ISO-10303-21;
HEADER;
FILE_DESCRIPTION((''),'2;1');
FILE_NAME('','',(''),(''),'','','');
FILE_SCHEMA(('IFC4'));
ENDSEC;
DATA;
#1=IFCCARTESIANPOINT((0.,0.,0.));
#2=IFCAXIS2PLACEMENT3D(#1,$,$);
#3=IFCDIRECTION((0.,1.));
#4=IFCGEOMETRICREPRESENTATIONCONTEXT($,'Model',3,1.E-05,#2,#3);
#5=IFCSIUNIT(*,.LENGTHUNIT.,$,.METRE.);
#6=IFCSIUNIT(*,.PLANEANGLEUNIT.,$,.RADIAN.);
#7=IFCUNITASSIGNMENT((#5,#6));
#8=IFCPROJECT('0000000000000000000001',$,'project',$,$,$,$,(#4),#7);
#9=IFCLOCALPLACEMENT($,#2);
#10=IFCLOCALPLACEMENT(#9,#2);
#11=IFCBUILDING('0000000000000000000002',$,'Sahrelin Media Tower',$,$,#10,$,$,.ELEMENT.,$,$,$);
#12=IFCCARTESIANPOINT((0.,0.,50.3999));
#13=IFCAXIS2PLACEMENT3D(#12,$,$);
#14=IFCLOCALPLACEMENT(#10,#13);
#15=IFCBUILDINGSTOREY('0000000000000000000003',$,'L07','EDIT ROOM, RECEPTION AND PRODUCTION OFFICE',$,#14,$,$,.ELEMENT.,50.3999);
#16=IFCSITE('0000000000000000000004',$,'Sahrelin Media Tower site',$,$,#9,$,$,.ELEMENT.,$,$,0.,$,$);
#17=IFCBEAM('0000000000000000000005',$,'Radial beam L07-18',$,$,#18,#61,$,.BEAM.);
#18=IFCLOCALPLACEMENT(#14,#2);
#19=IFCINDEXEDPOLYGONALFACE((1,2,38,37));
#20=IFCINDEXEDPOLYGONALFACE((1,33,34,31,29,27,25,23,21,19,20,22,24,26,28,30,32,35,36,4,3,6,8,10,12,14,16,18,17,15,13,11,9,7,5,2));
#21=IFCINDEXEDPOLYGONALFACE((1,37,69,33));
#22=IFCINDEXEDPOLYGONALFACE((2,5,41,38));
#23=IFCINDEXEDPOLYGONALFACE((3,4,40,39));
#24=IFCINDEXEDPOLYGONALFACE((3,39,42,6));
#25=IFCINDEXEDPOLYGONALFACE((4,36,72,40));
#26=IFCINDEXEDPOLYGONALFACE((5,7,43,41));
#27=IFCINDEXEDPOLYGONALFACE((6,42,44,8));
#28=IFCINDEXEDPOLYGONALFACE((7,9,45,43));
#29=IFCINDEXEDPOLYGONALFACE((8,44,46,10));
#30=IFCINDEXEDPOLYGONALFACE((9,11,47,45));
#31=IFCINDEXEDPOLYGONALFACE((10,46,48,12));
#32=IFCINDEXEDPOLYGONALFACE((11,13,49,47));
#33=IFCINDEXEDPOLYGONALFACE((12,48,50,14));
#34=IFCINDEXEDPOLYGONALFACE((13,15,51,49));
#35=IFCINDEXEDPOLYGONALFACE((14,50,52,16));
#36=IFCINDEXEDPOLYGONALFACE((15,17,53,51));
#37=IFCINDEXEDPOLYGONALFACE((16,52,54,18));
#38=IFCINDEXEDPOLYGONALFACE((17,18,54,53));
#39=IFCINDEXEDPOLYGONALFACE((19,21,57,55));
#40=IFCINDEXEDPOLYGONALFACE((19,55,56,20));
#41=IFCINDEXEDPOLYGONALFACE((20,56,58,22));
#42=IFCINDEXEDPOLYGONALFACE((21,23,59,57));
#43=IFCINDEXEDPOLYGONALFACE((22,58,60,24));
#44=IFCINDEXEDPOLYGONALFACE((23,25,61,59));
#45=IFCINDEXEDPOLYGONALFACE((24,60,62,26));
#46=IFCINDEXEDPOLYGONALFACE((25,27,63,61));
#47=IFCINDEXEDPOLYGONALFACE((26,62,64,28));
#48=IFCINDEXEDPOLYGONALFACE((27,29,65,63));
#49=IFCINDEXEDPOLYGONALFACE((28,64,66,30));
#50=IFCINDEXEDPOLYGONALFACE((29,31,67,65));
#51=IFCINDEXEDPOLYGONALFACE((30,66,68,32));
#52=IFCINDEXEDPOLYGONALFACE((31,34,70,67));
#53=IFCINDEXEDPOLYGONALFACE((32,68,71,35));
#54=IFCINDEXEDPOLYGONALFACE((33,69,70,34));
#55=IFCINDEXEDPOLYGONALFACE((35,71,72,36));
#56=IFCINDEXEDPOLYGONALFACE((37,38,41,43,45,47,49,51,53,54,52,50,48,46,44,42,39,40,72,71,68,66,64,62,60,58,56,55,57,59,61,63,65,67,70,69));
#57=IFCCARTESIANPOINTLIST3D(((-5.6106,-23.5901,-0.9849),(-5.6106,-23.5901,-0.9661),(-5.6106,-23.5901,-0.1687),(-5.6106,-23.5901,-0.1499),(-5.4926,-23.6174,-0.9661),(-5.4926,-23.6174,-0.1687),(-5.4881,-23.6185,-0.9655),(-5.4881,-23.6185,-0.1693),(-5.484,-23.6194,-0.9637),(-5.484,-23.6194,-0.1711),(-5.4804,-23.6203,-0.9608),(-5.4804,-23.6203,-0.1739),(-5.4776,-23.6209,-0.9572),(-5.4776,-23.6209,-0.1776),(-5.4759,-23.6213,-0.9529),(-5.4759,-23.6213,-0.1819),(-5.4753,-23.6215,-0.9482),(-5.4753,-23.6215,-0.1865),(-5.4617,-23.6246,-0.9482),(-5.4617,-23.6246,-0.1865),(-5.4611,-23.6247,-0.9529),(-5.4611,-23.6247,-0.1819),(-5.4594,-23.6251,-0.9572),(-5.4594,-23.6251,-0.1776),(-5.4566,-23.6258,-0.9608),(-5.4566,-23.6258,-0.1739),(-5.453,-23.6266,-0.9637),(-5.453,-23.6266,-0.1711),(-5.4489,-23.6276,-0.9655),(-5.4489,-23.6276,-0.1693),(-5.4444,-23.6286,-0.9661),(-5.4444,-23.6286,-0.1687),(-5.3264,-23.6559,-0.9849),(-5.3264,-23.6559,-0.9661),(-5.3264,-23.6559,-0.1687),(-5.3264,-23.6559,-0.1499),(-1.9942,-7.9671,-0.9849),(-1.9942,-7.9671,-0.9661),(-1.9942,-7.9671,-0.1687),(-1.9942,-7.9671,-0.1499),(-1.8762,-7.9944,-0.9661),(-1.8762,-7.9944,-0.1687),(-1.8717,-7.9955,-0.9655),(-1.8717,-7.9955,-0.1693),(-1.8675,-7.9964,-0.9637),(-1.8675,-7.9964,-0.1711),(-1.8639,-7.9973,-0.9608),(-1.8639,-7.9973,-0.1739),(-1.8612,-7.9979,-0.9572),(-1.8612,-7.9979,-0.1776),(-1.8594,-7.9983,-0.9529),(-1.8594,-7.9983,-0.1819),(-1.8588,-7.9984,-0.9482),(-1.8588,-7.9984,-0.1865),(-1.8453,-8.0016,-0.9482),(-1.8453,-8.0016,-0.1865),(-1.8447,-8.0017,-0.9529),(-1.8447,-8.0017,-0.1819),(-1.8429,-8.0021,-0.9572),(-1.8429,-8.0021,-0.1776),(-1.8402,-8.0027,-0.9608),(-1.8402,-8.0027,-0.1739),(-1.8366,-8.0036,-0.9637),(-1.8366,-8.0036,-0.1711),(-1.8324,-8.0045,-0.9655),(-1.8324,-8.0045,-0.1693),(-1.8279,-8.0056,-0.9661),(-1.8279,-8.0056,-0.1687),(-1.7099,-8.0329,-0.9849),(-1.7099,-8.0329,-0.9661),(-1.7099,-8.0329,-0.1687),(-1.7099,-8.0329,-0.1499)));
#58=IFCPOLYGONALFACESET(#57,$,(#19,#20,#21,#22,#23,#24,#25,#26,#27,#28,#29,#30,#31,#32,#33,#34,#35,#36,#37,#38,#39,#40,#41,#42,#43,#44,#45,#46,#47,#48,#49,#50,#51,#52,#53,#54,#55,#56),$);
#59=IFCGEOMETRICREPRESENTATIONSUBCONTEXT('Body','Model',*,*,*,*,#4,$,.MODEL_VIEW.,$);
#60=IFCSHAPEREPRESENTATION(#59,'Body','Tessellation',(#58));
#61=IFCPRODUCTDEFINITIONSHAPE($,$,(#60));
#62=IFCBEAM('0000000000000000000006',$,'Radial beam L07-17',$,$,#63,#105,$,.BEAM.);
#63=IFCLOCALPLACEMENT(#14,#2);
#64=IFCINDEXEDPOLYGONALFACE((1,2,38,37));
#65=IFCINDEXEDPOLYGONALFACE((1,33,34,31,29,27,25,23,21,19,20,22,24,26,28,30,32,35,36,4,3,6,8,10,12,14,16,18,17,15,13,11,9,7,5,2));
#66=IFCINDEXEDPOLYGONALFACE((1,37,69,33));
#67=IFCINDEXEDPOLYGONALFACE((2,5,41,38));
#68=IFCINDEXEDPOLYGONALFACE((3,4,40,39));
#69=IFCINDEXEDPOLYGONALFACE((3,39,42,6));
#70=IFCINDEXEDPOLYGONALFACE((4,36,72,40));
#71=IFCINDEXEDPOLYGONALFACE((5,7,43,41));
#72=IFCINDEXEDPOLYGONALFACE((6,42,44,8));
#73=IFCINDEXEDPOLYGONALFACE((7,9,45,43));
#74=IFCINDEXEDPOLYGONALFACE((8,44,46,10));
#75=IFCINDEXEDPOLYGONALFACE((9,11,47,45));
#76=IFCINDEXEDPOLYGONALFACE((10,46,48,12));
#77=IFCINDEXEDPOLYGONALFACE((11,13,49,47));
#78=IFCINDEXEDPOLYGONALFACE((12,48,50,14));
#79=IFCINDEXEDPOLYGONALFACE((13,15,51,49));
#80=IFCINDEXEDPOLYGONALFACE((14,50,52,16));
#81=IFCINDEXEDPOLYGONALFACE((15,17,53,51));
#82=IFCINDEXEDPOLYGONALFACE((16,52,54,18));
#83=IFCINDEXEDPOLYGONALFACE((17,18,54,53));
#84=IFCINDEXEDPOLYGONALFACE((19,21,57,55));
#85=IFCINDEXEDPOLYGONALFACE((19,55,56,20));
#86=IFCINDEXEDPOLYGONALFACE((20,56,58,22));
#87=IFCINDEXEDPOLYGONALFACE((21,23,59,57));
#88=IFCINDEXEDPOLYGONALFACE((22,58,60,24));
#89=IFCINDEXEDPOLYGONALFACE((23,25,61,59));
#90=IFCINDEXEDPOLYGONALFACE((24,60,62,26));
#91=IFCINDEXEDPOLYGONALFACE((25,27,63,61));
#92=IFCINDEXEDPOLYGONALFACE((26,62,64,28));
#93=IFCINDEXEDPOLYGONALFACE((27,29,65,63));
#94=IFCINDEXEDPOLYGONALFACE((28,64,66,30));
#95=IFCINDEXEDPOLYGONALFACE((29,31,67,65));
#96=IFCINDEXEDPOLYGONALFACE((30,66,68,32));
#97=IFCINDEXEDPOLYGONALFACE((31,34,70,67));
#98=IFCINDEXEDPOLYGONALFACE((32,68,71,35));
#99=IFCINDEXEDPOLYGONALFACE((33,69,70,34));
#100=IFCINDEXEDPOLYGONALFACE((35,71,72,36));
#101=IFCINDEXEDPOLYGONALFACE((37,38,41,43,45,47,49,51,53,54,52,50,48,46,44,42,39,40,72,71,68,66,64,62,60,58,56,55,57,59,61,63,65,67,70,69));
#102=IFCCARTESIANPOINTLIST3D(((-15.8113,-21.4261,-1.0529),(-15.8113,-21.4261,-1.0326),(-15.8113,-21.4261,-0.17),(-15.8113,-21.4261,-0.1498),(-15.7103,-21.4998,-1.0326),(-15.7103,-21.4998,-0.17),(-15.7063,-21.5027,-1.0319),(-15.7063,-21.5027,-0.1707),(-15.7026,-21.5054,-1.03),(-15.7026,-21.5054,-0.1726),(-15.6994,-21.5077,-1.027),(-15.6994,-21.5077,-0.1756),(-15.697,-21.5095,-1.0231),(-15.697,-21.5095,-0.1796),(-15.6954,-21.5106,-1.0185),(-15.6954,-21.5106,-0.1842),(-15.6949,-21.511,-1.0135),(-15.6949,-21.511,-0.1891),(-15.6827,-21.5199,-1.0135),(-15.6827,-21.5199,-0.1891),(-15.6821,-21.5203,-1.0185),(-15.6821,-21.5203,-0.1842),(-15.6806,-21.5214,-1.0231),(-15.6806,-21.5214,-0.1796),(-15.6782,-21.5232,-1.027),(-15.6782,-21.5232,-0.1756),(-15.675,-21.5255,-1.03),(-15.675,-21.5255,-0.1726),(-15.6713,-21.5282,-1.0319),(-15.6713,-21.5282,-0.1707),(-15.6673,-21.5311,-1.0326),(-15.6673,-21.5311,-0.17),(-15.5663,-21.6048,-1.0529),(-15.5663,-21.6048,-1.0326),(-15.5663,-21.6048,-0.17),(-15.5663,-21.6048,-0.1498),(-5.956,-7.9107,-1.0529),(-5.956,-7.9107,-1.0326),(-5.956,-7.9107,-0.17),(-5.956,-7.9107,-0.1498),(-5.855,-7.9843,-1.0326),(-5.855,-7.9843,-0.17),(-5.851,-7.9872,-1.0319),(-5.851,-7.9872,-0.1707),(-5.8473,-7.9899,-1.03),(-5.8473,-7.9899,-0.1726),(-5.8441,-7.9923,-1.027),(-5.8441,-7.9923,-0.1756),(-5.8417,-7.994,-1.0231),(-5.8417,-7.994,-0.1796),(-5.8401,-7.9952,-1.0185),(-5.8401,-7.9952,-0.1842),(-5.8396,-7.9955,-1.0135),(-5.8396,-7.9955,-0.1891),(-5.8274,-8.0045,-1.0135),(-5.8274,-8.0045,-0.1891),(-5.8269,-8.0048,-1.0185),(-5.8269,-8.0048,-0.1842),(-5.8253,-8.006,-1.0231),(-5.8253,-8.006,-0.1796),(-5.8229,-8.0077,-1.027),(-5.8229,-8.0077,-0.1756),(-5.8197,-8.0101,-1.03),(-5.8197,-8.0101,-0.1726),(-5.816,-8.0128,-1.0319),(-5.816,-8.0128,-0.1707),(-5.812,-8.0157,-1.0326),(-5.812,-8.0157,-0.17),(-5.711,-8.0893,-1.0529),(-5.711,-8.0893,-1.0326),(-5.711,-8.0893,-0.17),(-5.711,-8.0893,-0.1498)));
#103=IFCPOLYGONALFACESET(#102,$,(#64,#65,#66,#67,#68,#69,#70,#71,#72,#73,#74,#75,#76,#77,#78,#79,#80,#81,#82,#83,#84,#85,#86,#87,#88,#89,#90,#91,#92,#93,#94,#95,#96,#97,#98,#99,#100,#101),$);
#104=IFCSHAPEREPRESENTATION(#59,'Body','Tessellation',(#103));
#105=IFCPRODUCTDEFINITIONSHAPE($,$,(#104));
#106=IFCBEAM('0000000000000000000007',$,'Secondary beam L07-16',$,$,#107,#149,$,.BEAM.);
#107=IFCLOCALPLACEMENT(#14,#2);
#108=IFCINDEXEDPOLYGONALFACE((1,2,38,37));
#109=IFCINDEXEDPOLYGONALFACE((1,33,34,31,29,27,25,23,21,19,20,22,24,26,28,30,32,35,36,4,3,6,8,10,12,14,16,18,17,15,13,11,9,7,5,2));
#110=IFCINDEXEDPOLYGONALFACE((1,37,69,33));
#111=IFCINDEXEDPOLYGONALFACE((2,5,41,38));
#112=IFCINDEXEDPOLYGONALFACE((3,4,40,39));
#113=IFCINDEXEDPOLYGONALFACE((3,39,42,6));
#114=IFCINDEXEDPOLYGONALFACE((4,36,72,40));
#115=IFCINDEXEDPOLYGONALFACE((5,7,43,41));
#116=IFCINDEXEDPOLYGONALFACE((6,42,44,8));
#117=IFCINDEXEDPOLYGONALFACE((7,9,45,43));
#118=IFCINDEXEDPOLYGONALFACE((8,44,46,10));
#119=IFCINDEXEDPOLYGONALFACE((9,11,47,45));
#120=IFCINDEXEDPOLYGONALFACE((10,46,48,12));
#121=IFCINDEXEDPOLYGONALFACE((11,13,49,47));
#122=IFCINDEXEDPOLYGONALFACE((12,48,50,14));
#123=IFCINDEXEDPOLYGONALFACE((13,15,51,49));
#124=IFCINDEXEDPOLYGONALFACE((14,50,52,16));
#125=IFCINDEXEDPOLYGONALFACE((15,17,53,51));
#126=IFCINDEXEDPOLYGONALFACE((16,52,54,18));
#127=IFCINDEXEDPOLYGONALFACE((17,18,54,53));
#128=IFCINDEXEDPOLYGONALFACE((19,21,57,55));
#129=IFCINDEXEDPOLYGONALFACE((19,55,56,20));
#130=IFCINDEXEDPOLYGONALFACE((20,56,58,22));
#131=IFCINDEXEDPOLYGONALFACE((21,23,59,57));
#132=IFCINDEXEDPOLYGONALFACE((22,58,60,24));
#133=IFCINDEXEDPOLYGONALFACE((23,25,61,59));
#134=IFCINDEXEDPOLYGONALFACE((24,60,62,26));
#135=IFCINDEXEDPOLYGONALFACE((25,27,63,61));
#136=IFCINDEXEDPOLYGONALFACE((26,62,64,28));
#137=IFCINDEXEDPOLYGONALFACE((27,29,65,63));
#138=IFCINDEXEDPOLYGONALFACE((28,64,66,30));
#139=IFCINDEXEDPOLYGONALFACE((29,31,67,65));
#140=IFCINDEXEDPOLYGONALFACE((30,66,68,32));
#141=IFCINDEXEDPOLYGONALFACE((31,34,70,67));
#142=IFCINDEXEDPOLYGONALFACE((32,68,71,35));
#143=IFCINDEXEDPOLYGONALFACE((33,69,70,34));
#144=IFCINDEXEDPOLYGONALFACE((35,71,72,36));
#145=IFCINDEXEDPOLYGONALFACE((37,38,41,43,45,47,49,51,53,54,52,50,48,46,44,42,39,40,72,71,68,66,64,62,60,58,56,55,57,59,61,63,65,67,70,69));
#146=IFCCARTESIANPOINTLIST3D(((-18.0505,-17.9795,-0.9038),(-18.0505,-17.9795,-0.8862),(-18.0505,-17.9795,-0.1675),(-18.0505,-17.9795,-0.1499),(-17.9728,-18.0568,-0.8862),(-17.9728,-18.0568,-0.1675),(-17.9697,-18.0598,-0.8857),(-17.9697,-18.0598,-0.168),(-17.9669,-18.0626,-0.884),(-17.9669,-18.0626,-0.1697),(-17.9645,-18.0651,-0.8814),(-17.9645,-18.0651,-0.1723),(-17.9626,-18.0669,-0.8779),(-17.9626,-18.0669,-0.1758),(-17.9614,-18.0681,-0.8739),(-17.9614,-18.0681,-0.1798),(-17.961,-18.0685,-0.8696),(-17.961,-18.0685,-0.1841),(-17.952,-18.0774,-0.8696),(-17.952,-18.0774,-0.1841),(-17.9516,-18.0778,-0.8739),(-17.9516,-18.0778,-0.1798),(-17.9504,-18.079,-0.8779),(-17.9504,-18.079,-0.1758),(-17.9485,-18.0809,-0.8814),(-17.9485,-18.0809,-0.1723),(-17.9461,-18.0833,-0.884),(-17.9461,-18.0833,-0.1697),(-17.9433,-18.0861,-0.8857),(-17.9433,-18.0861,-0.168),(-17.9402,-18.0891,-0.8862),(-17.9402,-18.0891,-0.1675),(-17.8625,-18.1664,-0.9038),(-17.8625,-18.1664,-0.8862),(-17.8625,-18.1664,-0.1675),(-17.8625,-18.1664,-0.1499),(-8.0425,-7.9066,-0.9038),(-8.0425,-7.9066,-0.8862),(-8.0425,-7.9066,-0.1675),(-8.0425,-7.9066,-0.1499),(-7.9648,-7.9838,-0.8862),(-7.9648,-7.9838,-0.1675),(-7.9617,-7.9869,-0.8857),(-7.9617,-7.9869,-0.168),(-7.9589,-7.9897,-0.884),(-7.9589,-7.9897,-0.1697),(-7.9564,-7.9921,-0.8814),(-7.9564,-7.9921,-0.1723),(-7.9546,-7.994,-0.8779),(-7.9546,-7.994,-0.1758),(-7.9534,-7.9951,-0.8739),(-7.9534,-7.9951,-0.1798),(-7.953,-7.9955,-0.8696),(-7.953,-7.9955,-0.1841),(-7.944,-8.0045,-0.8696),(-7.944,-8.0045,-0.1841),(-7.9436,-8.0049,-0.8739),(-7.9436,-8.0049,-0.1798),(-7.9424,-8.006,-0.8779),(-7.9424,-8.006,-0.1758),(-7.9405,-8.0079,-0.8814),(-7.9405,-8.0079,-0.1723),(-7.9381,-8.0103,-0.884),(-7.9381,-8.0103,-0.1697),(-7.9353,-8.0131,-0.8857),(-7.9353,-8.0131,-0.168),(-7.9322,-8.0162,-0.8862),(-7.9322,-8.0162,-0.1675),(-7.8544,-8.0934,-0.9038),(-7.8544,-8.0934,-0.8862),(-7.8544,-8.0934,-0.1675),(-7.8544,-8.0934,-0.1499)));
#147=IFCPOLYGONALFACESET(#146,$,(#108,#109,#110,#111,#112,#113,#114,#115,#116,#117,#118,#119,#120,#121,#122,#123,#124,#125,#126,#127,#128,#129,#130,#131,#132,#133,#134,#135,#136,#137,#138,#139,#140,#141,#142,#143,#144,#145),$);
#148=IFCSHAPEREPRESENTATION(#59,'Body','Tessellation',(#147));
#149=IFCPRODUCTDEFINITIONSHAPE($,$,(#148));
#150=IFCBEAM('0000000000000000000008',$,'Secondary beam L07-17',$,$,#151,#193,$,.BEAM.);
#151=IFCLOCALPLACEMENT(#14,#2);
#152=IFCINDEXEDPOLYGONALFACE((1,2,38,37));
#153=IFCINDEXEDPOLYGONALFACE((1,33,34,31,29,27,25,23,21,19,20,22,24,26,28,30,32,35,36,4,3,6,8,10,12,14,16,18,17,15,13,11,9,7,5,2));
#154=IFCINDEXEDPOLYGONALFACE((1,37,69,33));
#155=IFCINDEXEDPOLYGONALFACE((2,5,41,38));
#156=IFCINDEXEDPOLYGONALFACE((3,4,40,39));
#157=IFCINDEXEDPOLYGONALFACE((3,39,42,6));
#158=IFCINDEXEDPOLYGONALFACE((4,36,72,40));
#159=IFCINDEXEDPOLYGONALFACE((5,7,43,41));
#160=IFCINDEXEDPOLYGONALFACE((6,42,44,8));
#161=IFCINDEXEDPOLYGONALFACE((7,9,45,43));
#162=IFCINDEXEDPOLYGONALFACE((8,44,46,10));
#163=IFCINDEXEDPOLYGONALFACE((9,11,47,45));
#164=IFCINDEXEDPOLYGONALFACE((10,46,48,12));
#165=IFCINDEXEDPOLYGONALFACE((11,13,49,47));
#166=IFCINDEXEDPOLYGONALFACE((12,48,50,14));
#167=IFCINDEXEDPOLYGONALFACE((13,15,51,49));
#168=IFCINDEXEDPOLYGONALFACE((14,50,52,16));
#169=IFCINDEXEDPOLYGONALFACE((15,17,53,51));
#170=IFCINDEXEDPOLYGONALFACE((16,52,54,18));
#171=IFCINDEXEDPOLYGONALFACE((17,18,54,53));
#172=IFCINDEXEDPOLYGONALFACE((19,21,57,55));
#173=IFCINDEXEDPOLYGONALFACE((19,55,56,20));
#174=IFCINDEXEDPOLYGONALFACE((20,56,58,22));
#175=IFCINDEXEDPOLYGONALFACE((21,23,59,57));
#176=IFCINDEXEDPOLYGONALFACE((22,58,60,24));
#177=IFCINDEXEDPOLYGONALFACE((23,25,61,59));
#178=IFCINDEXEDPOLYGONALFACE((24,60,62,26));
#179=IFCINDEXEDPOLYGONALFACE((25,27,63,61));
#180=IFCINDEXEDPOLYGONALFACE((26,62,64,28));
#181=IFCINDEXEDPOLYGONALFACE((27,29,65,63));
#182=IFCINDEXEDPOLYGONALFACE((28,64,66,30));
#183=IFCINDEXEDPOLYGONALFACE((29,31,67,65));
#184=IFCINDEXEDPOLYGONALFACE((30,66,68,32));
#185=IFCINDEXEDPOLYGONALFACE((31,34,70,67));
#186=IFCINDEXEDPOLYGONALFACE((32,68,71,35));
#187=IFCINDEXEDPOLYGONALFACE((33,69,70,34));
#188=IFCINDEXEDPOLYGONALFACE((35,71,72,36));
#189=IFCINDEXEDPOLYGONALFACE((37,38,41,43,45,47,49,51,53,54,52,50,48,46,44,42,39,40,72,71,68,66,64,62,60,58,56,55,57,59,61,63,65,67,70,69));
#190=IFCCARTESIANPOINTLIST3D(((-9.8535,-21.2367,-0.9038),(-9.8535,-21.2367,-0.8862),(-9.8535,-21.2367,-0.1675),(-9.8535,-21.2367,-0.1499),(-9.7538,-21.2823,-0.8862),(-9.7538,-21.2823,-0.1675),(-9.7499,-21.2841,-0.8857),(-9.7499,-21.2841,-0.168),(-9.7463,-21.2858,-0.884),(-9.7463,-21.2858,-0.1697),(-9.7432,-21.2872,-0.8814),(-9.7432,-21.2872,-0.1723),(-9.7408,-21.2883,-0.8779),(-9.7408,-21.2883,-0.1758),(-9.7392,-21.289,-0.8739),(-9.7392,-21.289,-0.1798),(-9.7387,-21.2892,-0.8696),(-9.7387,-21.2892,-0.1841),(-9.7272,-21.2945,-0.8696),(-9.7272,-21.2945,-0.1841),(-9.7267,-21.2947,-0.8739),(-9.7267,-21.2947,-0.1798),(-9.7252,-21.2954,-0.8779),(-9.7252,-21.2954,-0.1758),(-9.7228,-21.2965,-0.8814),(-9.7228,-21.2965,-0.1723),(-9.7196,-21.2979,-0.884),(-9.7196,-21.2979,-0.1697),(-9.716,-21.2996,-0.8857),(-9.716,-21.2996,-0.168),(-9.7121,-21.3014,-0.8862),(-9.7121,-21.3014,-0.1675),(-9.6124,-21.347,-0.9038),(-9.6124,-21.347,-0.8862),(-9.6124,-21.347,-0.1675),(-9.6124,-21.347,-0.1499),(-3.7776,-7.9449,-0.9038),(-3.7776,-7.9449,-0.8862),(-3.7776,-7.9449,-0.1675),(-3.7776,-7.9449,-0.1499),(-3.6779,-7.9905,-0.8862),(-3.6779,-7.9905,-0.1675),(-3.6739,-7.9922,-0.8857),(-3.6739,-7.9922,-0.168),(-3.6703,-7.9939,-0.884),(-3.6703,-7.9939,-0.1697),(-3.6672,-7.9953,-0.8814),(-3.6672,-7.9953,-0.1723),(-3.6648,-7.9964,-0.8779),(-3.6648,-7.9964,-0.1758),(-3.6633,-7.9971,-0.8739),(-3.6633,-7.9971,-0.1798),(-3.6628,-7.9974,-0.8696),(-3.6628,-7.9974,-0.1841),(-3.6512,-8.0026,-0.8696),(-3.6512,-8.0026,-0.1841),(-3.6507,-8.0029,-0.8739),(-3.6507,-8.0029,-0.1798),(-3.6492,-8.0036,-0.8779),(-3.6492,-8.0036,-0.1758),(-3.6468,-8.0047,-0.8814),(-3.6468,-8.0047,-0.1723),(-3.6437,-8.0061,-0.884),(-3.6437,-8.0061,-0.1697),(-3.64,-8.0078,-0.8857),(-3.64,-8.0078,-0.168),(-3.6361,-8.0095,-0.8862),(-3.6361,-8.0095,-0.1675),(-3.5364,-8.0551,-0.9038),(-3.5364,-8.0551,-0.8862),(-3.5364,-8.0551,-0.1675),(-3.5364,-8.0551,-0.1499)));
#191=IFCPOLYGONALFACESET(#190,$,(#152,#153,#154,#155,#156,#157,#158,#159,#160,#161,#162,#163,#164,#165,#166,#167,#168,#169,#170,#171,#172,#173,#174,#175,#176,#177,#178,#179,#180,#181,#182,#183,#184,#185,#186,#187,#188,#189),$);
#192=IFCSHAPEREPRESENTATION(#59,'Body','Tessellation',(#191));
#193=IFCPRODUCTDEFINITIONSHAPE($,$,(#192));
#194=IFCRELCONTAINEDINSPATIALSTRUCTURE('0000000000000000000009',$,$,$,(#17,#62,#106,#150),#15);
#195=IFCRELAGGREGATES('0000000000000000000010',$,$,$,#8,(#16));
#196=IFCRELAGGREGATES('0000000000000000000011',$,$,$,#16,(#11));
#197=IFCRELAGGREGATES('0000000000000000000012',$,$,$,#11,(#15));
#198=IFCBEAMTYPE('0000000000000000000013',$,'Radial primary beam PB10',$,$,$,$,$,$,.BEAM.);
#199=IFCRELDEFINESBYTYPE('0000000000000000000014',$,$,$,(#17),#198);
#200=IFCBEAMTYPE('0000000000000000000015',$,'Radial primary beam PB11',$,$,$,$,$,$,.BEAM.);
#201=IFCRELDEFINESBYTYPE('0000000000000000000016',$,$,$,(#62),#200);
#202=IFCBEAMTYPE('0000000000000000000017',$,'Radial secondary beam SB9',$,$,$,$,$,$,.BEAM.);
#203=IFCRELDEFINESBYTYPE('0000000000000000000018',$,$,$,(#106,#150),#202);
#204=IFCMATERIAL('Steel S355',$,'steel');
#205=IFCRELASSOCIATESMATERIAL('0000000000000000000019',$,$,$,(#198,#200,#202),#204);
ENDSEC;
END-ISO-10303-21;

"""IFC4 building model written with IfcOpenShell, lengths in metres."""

from ifc_helpers import new_model, si_unit, direction, frame, origin, origin_2d, place, context, subcontext, project, spatial, i_section, extrude, material, material_profile, profile_set, type_object, element, save


model = new_model("IFC4")

# Units and contexts
model_context = context("Model", 3, precision=1e-05, world=origin(), true_north=direction((0.0, 1.0)))
body_context = subcontext(model_context, "Body", "Model", "MODEL_VIEW")
ifc_project = project(units=[si_unit("LENGTHUNIT", "METRE"), si_unit("PLANEANGLEUNIT", "RADIAN")], contexts=[model_context])

# Site, building, storey
site_placement = place(None, origin())
site = spatial("IfcSite", under=ifc_project, at=site_placement, Name="Sahrelin Media Tower site", CompositionType="ELEMENT", RefElevation=0.0)
building_placement = place(site_placement, origin())
building = spatial("IfcBuilding", under=site, at=building_placement, Name="Sahrelin Media Tower", CompositionType="ELEMENT")
storey_placement = place(building_placement, frame((0.0, 0.0, 50.3999)))
storey = spatial("IfcBuildingStorey", under=building, at=storey_placement, Name="L07", Description="EDIT ROOM, RECEPTION AND PRODUCTION OFFICE", CompositionType="ELEMENT", Elevation=50.3999)

# Beams
ifc_material_1 = material(Name="Steel S355", Category="steel")
ifc_material_profile_1 = material_profile(ifc_material_1, i_section(OverallWidth=0.2917, OverallDepth=0.835, WebThickness=0.0139, FlangeThickness=0.0188, FilletRadius=0.0178, at=origin_2d()), Name="UB 838x292x176")
ifc_profile_set_1 = profile_set([ifc_material_profile_1], Name="Steel S355")
beam_type_1 = type_object("IfcBeamType", Name="Radial primary beam PB10", PredefinedType="BEAM", material=ifc_profile_set_1)
beam_1_placement = place(storey_placement, frame((-1.8521, -8.0, -0.5674), z_axis=(-0.225519, -0.974239, 0.0), x_axis=(0.974239, -0.225519, 0.0)))
element("IfcBeam", 1, at=beam_1_placement, inside=storey, type_object=beam_type_1, Name="Radial beam L07-18", PredefinedType="BEAM", context=body_context, shape_type="SweptSolid", body=[
    extrude(i_section(OverallWidth=0.2917, OverallDepth=0.835, WebThickness=0.0139, FlangeThickness=0.0188, FilletRadius=0.0178, at=origin_2d()), origin(), (0.0, 0.0, 1.0), 16.0361),
])
ifc_material_profile_2 = material_profile(ifc_material_1, i_section(OverallWidth=0.3032, OverallDepth=0.9031, WebThickness=0.0151, FlangeThickness=0.0203, FilletRadius=0.019, at=origin_2d()), Name="UB 914x305x201")
ifc_profile_set_2 = profile_set([ifc_material_profile_2], Name="Steel S355")
beam_type_2 = type_object("IfcBeamType", Name="Radial primary beam PB11", PredefinedType="BEAM", material=ifc_profile_set_2)
beam_2_placement = place(storey_placement, frame((-5.8335, -8.0, -0.6013), z_axis=(-0.589182, -0.808, 0.0), x_axis=(0.808, -0.589182, 0.0)))
element("IfcBeam", 2, at=beam_2_placement, inside=storey, type_object=beam_type_2, Name="Radial beam L07-17", PredefinedType="BEAM", context=body_context, shape_type="SweptSolid", body=[
    extrude(i_section(OverallWidth=0.3032, OverallDepth=0.9031, WebThickness=0.0151, FlangeThickness=0.0203, FilletRadius=0.019, at=origin_2d()), origin(), (0.0, 0.0, 1.0), 16.7271),
])
ifc_material_profile_3 = material_profile(ifc_material_1, i_section(OverallWidth=0.2651, OverallDepth=0.7539, WebThickness=0.0127, FlangeThickness=0.0176, FilletRadius=0.0166, at=origin_2d()), Name="UB 762x267x147")
ifc_profile_set_3 = profile_set([ifc_material_profile_3], Name="Steel S355")
beam_type_3 = type_object("IfcBeamType", Name="Radial secondary beam SB9", PredefinedType="BEAM", material=ifc_profile_set_3)
beam_3_placement = place(storey_placement, frame((-7.9485, -8.0, -0.5269), z_axis=(-0.704816, -0.70939, 0.0), x_axis=(0.70939, -0.704816, 0.0)))
element("IfcBeam", 3, at=beam_3_placement, inside=storey, type_object=beam_type_3, Name="Secondary beam L07-16", PredefinedType="BEAM", context=body_context, shape_type="SweptSolid", body=[
    extrude(i_section(OverallWidth=0.2651, OverallDepth=0.7539, WebThickness=0.0127, FlangeThickness=0.0176, FilletRadius=0.0166, at=origin_2d()), origin(), (0.0, 0.0, 1.0), 14.1995),
])
beam_4_placement = place(storey_placement, frame((-3.657, -8.0, -0.5269), z_axis=(-0.415743, -0.909482, 0.0), x_axis=(0.909482, -0.415743, 0.0)))
element("IfcBeam", 4, at=beam_4_placement, inside=storey, type_object=beam_type_3, Name="Secondary beam L07-17", PredefinedType="BEAM", context=body_context, shape_type="SweptSolid", body=[
    extrude(i_section(OverallWidth=0.2651, OverallDepth=0.7539, WebThickness=0.0127, FlangeThickness=0.0176, FilletRadius=0.0166, at=origin_2d()), origin(), (0.0, 0.0, 1.0), 14.6147),
])

save(model, "model.ifc")
